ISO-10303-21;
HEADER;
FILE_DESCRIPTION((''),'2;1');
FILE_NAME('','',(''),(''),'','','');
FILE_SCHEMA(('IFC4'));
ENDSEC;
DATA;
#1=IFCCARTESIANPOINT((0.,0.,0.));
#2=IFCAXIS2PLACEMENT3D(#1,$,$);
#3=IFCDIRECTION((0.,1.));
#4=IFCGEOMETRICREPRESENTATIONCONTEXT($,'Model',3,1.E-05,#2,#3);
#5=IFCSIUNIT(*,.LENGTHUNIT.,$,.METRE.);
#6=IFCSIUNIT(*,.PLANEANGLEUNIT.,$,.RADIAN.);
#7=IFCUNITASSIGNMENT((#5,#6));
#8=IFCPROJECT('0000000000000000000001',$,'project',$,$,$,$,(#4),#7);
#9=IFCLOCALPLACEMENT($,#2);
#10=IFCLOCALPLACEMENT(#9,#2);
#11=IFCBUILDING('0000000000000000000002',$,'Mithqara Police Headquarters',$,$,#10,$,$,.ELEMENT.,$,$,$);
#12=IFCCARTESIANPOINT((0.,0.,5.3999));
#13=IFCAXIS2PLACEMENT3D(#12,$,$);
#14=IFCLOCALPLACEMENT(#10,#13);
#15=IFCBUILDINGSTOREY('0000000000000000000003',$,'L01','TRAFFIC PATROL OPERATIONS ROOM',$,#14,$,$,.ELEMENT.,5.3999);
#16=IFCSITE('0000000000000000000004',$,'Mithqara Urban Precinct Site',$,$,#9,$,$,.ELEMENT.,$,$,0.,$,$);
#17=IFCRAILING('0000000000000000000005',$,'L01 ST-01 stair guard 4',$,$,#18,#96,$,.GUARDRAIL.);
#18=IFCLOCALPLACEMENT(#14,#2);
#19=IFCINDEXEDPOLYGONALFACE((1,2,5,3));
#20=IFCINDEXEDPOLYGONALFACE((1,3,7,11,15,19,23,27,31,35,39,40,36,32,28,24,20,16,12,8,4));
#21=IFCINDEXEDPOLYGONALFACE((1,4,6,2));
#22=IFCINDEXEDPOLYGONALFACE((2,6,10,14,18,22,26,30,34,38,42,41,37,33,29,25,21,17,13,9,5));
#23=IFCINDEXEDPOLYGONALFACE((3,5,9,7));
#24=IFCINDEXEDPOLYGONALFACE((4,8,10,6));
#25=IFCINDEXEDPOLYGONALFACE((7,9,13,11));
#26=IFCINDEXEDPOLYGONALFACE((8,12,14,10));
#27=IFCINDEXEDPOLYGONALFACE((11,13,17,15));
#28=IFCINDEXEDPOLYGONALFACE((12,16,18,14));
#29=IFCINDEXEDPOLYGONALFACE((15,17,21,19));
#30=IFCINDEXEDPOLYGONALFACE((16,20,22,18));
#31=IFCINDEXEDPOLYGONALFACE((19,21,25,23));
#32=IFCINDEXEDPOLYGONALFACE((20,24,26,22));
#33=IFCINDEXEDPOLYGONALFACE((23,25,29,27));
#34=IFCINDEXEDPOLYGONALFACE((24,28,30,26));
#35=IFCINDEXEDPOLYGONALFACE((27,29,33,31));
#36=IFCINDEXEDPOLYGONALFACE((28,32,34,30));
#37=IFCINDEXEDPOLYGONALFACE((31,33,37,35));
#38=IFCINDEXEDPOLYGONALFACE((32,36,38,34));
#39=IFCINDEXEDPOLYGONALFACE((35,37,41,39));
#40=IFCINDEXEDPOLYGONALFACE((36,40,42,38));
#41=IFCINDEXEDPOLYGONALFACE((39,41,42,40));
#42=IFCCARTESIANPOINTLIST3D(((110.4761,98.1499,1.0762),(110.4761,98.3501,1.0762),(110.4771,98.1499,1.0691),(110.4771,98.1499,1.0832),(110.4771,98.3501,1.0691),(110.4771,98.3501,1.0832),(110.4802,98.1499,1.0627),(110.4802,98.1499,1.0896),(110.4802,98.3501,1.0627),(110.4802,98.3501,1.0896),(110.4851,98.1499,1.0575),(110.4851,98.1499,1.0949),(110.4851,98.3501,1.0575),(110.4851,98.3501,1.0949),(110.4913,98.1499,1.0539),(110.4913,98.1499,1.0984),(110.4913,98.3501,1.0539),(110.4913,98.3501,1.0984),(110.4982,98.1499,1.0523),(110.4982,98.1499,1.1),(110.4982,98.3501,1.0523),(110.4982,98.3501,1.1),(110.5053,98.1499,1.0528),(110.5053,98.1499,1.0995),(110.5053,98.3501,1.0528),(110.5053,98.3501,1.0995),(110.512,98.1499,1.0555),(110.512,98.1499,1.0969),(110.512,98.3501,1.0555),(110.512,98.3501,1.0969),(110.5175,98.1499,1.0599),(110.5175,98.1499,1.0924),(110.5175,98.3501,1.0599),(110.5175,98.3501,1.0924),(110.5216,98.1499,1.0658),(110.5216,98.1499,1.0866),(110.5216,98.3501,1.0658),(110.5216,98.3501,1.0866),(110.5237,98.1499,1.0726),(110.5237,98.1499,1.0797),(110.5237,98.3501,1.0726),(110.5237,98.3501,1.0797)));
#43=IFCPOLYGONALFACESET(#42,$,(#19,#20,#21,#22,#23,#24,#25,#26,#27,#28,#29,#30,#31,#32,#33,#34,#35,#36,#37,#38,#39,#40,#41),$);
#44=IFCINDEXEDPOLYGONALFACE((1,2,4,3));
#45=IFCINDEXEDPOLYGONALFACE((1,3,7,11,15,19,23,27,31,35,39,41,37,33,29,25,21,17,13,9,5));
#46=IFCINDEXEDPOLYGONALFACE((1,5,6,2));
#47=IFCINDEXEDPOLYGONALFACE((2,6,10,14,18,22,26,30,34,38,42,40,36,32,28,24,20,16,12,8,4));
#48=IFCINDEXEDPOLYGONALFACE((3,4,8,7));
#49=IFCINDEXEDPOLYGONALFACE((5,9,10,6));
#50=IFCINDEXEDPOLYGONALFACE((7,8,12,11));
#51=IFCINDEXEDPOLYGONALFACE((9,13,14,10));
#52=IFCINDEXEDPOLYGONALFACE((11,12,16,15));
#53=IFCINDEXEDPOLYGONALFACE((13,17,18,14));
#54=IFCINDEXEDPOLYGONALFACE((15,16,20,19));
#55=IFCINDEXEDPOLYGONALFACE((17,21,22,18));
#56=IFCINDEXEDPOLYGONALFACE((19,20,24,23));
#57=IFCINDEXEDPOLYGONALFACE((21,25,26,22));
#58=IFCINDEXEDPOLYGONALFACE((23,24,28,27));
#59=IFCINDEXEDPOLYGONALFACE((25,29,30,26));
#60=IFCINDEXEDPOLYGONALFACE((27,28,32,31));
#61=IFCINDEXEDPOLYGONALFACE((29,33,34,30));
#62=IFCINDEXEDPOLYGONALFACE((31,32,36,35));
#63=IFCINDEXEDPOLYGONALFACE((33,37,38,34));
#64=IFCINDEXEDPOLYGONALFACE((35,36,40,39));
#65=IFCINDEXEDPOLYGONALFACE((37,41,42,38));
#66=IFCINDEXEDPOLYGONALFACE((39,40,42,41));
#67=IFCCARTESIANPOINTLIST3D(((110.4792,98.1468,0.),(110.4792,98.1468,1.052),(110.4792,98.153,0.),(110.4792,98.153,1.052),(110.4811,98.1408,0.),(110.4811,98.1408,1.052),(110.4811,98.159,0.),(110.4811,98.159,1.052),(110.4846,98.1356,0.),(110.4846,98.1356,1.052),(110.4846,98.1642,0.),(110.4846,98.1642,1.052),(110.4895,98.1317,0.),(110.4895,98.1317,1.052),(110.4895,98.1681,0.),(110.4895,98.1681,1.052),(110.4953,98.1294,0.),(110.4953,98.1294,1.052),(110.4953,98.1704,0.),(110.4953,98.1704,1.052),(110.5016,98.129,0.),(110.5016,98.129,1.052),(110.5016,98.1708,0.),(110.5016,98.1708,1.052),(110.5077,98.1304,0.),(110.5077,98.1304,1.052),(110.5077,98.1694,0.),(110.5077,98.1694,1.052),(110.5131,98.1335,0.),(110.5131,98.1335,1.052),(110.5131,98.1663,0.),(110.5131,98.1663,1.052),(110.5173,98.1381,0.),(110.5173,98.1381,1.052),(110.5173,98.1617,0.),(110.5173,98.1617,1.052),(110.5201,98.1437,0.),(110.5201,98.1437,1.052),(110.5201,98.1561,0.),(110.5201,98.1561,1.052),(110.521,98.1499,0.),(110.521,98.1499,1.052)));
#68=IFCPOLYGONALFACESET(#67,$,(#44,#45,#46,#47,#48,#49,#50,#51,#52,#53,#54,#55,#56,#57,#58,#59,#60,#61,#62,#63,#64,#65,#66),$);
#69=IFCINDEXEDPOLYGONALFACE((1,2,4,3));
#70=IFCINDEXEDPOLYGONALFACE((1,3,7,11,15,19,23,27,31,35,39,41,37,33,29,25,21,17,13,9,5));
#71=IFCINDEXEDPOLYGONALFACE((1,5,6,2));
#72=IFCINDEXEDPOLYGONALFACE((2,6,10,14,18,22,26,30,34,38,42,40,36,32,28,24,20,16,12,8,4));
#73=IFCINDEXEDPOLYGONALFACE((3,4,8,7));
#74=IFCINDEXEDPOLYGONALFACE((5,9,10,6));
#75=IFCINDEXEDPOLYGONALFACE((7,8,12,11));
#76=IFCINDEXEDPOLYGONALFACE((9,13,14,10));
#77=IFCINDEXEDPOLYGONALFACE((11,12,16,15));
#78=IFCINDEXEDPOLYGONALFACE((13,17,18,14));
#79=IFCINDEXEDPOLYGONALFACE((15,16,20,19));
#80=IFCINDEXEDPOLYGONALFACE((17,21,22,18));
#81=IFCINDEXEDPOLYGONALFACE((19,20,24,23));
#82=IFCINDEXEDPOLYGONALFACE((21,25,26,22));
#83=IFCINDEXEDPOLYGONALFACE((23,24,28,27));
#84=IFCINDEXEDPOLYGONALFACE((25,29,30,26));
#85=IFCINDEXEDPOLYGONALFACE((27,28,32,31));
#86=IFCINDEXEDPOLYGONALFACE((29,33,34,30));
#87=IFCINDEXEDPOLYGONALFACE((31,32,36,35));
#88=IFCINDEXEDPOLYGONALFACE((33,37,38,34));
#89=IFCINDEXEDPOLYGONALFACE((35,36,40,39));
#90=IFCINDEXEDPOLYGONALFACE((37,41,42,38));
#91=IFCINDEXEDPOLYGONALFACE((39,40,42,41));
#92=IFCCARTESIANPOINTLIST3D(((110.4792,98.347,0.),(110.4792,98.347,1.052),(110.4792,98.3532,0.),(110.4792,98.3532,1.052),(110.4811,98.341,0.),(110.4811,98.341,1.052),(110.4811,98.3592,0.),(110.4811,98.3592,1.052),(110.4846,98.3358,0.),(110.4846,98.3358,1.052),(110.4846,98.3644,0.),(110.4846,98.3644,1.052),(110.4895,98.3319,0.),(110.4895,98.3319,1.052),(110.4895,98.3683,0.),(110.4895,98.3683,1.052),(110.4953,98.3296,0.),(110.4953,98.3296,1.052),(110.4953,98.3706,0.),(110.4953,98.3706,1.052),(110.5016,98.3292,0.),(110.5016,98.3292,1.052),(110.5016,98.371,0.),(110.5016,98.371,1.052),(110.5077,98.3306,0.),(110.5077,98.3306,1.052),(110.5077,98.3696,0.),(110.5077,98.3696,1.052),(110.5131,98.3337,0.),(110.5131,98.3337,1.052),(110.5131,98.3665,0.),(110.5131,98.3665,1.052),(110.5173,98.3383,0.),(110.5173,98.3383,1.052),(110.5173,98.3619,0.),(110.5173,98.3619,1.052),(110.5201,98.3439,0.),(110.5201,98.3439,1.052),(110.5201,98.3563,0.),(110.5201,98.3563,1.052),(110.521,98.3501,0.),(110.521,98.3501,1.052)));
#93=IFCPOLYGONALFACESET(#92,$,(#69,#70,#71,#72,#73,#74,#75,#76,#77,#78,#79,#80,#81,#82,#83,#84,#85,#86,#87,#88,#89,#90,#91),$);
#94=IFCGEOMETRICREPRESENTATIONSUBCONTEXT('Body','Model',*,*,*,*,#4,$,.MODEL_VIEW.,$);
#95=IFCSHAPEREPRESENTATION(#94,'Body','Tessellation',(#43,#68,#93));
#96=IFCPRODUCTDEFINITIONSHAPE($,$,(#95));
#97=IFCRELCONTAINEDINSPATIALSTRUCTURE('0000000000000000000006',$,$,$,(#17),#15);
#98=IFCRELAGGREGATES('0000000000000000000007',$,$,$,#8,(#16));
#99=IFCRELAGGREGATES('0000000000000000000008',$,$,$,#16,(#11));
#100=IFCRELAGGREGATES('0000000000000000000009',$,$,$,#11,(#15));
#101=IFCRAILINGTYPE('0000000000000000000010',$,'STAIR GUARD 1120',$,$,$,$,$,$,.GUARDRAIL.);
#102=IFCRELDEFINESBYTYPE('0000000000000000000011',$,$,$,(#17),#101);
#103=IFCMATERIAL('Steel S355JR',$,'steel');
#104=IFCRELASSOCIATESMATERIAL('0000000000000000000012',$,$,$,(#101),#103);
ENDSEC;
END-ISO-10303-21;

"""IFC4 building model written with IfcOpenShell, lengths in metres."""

from ifc_helpers import new_model, si_unit, direction, frame, origin, origin_2d, place, context, subcontext, project, spatial, circle, extrude, material, type_object, element, save


model = new_model("IFC4")

# Units and contexts
model_context = context("Model", 3, precision=1e-05, world=origin(), true_north=direction((0.0, 1.0)))
body_context = subcontext(model_context, "Body", "Model", "MODEL_VIEW")
ifc_project = project(units=[si_unit("LENGTHUNIT", "METRE"), si_unit("PLANEANGLEUNIT", "RADIAN")], contexts=[model_context])

# Site, building, storey
site_placement = place(None, origin())
site = spatial("IfcSite", under=ifc_project, at=site_placement, Name="Mithqara Urban Precinct Site", CompositionType="ELEMENT", RefElevation=0.0)
building_placement = place(site_placement, origin())
building = spatial("IfcBuilding", under=site, at=building_placement, Name="Mithqara Police Headquarters", CompositionType="ELEMENT")
storey_placement = place(building_placement, frame((0.0, 0.0, 5.3999)))
storey = spatial("IfcBuildingStorey", under=building, at=storey_placement, Name="L01", Description="TRAFFIC PATROL OPERATIONS ROOM", CompositionType="ELEMENT", Elevation=5.3999)

# Shared definitions
ifc_material_1 = material(Name="Steel S355JR", Category="steel")

# Railing
railing_type_1 = type_object("IfcRailingType", Name="STAIR GUARD 1120", PredefinedType="GUARDRAIL", material=ifc_material_1)
railing_1_placement = place(storey_placement, frame((110.5, 98.1499, 0.0)))
element("IfcRailing", 1, at=railing_1_placement, inside=storey, type_object=railing_type_1, Name="L01 ST-01 stair guard 4", PredefinedType="GUARDRAIL", context=body_context, shape_type="SweptSolid", body=[
    extrude(circle(Radius=0.0239, at=origin_2d()), frame((0.0, 0.0, 1.0762), z_axis=(0.0, 1.0, 0.0), x_axis=(-1.0, 0.0, 0.0)), (0.0, 0.0, 1.0), 0.2002),
    extrude(circle(Radius=0.021, at=origin_2d()), origin(), (0.0, 0.0, 1.0), 1.052),
    extrude(circle(Radius=0.021, at=origin_2d()), frame((0.0, 0.2002, 0.0)), (0.0, 0.0, 1.0), 1.052),
])

save(model, "model.ifc")
